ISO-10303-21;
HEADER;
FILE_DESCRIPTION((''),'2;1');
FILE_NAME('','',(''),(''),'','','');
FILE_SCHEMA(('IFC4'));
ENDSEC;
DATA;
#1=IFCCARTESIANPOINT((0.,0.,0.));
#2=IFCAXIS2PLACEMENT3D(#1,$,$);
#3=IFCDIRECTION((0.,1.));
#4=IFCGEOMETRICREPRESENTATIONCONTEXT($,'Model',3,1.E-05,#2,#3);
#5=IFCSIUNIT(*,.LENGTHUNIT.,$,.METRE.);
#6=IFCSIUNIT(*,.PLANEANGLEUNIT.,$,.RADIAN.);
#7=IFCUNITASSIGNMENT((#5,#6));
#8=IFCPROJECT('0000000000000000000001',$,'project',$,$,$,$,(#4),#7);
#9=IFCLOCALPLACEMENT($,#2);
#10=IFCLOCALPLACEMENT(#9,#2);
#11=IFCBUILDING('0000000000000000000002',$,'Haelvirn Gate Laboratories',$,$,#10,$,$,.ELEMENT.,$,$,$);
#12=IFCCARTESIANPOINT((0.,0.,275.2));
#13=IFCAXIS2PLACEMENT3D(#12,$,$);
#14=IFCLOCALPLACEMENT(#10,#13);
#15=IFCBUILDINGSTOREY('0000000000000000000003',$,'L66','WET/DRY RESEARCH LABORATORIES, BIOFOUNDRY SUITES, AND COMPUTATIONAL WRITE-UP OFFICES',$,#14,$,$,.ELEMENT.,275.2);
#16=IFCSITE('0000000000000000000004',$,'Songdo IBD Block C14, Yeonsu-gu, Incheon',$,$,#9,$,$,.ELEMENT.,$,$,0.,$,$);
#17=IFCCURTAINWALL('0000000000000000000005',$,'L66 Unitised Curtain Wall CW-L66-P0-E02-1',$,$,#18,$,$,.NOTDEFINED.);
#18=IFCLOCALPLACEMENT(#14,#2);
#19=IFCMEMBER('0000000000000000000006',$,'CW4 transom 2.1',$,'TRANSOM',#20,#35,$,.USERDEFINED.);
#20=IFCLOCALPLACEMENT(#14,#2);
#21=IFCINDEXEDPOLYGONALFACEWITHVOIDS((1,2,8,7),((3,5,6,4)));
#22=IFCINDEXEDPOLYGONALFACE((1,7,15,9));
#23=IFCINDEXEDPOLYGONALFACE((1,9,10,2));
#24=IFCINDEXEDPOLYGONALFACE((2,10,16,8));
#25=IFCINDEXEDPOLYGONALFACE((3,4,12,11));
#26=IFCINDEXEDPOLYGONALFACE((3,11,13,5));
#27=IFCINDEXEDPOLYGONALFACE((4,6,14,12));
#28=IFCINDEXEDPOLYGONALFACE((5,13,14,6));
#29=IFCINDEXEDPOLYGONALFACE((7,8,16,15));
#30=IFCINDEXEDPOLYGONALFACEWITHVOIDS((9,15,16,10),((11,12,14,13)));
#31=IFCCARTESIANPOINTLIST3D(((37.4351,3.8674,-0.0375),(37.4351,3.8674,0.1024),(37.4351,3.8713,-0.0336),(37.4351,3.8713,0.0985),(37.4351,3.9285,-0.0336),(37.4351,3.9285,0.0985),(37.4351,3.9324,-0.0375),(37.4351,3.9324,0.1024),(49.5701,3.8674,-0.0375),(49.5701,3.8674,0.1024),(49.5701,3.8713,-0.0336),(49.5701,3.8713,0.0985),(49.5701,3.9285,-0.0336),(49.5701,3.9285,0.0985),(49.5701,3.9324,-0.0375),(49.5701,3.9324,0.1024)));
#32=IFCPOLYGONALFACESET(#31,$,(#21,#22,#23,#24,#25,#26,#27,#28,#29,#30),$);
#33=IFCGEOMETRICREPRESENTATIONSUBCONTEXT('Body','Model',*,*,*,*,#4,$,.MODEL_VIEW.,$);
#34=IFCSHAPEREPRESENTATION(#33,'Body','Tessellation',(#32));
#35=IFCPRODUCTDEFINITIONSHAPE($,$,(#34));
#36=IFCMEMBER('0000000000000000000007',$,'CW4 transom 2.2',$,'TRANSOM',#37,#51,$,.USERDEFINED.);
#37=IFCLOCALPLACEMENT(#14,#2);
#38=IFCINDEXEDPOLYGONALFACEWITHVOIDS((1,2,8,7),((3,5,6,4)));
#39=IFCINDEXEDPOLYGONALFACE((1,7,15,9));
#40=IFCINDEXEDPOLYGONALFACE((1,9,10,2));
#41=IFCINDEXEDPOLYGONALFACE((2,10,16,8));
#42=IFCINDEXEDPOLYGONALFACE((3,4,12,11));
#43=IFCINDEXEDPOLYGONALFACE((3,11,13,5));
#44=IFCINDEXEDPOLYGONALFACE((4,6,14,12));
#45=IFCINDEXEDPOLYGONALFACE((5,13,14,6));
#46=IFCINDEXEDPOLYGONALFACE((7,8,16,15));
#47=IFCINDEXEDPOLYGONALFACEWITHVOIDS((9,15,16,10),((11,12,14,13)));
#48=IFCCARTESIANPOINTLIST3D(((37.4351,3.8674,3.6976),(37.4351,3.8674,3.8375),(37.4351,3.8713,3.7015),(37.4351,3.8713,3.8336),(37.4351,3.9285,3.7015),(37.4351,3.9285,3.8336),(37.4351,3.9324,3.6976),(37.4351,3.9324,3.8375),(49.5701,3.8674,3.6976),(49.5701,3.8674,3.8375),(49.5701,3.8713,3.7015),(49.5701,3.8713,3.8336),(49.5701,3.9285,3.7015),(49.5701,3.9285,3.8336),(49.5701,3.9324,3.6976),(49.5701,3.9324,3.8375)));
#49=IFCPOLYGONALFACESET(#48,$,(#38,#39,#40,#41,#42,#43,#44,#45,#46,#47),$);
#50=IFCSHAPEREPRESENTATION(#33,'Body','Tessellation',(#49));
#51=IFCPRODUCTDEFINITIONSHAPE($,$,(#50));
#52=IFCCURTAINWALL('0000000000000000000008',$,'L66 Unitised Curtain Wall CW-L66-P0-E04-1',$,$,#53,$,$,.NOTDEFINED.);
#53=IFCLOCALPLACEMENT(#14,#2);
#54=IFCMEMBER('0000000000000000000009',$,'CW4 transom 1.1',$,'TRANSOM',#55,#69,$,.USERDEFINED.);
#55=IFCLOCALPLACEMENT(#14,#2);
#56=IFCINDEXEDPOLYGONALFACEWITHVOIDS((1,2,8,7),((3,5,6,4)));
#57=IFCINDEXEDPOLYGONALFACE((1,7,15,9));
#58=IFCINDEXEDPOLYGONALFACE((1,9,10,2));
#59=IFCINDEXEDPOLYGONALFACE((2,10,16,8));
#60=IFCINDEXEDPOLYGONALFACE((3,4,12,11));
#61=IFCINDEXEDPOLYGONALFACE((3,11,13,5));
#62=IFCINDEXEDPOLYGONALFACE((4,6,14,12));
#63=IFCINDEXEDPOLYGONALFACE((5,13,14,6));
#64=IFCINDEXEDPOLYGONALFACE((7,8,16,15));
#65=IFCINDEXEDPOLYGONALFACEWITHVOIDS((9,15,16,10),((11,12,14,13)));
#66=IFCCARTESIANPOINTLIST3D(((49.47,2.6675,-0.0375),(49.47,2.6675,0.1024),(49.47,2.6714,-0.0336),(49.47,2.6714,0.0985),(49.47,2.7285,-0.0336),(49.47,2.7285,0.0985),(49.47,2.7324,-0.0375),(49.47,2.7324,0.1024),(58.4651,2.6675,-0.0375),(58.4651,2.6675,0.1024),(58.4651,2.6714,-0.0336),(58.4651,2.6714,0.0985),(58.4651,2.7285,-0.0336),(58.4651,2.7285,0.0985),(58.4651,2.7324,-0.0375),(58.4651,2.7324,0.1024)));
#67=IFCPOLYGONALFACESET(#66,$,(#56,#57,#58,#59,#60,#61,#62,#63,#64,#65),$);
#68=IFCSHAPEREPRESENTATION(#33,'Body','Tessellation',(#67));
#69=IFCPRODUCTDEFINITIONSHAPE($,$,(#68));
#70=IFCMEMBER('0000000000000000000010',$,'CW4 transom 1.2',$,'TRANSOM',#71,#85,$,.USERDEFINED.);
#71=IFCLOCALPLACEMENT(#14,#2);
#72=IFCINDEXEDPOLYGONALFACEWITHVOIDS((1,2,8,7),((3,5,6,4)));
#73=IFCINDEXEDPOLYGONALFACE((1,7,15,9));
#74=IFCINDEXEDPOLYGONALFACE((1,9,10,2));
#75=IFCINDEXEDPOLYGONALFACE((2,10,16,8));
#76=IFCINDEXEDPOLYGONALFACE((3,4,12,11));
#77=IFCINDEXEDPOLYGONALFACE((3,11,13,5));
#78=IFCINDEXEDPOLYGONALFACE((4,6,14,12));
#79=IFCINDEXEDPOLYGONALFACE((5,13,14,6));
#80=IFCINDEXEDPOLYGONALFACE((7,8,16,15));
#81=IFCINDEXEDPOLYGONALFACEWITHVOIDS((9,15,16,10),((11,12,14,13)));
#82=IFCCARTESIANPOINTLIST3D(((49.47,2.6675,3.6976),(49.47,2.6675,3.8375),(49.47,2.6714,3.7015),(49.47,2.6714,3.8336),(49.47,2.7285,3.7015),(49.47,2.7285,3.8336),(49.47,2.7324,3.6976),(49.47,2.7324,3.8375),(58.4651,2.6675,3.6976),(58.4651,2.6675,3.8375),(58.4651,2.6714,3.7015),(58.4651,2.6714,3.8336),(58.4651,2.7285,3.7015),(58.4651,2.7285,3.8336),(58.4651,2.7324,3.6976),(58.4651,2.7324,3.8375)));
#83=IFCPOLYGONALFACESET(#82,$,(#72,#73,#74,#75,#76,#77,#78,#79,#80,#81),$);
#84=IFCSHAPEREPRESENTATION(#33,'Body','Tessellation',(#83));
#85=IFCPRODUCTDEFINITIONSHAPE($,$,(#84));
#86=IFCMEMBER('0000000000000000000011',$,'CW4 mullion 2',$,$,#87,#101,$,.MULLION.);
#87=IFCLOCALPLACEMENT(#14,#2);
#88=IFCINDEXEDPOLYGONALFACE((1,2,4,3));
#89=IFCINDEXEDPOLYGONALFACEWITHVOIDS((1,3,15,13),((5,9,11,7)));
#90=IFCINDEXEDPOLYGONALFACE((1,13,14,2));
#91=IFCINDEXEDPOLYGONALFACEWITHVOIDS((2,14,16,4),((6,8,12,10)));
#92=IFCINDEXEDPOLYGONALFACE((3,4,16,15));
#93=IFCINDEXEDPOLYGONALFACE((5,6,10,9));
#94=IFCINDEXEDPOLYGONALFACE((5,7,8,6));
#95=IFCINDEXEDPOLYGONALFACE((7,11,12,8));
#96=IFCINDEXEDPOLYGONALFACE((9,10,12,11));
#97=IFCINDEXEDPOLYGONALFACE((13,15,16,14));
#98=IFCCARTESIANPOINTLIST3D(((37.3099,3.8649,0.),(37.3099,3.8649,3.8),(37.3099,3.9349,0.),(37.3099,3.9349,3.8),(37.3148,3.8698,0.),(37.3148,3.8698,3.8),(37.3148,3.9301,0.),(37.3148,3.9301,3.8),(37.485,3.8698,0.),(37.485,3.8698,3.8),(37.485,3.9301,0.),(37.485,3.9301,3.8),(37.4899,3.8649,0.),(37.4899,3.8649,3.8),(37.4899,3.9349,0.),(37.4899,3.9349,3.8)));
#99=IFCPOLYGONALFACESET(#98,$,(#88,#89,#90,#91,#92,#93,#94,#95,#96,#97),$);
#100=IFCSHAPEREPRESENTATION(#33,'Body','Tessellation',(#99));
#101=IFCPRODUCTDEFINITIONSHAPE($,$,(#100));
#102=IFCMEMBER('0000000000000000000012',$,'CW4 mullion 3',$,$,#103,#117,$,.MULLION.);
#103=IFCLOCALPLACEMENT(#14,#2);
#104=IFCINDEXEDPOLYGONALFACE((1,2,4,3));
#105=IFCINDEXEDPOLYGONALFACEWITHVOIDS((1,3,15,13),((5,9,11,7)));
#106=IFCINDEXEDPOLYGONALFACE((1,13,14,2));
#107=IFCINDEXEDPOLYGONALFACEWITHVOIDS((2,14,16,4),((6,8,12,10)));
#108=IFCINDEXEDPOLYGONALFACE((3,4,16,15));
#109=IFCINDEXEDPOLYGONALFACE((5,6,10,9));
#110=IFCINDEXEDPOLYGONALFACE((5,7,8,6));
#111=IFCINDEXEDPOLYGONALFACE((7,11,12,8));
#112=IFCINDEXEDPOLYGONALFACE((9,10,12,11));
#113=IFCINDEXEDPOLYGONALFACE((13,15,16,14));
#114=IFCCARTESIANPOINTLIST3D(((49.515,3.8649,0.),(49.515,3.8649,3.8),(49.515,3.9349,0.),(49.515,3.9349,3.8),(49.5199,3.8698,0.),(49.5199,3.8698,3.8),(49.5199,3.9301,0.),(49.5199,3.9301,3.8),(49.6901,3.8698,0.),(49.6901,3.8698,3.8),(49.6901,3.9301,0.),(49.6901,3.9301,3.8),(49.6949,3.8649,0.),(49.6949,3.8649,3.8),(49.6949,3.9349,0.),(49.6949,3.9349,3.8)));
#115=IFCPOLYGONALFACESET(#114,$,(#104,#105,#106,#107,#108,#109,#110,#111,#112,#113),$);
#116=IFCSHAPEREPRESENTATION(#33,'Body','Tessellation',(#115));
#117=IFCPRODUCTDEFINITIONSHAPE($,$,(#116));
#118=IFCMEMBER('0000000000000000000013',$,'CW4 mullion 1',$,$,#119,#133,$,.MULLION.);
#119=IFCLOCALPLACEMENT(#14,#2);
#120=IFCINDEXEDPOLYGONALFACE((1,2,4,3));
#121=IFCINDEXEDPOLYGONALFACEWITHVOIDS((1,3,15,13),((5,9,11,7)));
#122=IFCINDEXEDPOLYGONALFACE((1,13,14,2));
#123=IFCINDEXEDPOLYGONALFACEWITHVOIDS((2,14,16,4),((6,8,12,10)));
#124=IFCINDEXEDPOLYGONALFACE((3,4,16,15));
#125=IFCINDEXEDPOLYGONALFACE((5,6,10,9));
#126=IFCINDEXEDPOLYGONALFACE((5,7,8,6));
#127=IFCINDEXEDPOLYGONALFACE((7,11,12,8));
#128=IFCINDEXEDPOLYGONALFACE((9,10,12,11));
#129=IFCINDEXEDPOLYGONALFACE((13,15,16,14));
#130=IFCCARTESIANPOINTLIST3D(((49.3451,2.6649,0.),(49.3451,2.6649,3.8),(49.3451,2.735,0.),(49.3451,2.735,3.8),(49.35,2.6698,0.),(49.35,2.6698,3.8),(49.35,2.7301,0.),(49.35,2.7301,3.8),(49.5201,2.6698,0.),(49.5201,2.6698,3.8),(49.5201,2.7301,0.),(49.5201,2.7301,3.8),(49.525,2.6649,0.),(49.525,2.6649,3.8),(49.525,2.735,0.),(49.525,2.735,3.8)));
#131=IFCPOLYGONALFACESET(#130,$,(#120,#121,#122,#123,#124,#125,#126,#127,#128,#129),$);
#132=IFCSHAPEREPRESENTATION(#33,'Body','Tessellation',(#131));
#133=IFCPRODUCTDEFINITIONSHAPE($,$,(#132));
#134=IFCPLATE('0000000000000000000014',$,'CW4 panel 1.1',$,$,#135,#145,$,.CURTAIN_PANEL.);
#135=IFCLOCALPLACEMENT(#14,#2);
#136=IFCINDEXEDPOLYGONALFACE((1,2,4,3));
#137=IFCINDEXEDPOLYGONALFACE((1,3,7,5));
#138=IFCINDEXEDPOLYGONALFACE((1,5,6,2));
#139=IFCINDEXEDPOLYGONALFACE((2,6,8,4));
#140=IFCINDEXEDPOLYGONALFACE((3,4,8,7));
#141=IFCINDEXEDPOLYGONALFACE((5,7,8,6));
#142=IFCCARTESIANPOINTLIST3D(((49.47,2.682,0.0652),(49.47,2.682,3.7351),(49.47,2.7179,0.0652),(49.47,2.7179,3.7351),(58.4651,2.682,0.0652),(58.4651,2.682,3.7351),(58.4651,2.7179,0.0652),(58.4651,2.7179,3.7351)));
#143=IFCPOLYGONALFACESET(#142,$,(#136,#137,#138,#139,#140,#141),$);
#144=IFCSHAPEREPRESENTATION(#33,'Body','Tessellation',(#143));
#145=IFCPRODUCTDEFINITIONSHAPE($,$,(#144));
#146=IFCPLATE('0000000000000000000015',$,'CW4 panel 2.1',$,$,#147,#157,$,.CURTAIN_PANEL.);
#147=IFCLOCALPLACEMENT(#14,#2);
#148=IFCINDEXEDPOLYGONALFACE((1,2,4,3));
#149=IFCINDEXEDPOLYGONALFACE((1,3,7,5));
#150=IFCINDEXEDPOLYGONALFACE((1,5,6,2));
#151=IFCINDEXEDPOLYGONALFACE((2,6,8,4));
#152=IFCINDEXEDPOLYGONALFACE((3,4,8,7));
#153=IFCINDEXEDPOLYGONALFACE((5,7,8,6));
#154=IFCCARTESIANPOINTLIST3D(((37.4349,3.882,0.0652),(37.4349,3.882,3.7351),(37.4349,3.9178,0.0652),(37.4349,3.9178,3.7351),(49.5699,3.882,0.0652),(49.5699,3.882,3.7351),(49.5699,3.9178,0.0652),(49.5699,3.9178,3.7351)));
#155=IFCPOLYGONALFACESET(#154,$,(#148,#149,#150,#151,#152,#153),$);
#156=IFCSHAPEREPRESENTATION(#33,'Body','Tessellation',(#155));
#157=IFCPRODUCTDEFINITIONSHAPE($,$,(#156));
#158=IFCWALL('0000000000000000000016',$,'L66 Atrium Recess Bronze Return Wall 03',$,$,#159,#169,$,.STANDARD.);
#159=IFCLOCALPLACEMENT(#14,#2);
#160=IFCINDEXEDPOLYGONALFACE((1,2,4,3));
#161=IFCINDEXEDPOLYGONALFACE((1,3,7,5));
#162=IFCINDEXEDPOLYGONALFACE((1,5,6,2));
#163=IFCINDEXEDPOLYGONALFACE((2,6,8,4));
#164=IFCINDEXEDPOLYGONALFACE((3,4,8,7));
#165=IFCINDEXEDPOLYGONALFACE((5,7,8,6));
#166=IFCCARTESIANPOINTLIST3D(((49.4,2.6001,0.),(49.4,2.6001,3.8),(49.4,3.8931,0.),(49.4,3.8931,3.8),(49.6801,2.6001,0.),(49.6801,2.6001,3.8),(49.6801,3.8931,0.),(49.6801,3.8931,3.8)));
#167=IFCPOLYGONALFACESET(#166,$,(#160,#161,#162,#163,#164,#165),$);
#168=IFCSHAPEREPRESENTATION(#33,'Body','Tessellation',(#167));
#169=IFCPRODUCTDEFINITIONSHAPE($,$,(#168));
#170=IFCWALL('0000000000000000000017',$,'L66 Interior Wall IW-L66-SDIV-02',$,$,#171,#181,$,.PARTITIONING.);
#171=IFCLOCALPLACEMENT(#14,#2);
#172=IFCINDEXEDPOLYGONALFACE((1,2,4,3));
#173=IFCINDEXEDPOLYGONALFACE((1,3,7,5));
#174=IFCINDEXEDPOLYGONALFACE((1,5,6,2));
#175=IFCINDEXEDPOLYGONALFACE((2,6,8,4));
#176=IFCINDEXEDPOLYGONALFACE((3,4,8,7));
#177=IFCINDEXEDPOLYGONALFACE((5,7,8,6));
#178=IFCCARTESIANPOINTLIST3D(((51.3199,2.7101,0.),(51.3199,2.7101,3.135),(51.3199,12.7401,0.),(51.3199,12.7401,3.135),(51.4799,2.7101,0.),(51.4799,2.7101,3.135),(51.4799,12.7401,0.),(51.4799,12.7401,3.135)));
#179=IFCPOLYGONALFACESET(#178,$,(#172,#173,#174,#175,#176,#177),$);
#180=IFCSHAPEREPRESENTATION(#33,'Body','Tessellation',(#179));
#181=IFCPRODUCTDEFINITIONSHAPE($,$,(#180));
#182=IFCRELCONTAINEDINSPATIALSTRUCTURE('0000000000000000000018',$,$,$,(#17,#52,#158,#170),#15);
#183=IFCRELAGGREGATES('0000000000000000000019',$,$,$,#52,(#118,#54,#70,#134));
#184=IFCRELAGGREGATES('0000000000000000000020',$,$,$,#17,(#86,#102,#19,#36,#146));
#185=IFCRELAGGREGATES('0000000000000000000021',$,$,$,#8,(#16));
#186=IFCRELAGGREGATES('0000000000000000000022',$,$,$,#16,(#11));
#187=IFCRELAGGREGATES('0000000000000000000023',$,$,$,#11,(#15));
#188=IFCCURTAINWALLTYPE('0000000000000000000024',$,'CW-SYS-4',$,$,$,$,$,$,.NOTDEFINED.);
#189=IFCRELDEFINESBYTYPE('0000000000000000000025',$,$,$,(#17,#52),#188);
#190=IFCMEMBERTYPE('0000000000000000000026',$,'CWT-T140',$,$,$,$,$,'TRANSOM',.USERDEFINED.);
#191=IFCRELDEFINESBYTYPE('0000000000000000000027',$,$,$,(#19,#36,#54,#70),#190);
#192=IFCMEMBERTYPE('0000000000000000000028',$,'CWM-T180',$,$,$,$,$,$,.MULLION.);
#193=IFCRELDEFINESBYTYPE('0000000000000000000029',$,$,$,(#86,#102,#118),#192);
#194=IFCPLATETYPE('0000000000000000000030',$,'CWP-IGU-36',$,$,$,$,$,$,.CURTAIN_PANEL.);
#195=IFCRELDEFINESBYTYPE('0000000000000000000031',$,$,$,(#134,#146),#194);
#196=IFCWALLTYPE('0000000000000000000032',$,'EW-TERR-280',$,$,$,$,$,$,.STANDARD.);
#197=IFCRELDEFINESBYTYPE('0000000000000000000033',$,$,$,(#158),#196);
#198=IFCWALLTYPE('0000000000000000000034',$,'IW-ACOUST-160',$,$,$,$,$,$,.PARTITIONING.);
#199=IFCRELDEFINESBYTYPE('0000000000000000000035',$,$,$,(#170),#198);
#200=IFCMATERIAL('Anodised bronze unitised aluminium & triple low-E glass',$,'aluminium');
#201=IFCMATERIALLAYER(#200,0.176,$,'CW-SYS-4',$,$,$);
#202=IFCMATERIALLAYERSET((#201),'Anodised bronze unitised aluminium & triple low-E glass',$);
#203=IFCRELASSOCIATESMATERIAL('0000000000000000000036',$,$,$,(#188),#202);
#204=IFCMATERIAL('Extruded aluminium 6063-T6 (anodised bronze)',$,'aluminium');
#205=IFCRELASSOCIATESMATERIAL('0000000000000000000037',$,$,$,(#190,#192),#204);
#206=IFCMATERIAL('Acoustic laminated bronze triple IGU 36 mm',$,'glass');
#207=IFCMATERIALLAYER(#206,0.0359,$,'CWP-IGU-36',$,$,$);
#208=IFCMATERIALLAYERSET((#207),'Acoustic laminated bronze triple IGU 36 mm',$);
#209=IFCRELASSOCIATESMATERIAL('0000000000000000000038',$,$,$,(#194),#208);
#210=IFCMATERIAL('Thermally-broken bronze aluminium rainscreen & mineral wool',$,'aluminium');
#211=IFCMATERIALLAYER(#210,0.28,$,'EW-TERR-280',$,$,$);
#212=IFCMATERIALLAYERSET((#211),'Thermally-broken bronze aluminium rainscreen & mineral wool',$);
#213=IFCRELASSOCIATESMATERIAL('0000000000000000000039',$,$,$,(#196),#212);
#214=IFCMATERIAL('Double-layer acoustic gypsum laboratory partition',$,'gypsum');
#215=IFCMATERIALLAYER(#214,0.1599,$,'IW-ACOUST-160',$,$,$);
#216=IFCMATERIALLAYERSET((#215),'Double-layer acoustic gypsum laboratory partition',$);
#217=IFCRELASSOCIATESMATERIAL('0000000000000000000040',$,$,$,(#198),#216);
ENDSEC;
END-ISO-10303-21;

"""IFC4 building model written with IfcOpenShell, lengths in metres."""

from ifc_helpers import new_model, si_unit, direction, frame, frame_2d, origin, origin_2d, place, context, subcontext, project, spatial, rectangle, hollow_rectangle, extrude, source, transform, mapped, material, layer, layer_set, material_profile, profile_set, type_object, type_shapes, element, aggregate, save


model = new_model("IFC4")

# Units and contexts
model_context = context("Model", 3, precision=1e-05, world=origin(), true_north=direction((0.0, 1.0)))
body_context = subcontext(model_context, "Body", "Model", "MODEL_VIEW")
ifc_project = project(units=[si_unit("LENGTHUNIT", "METRE"), si_unit("PLANEANGLEUNIT", "RADIAN")], contexts=[model_context])

# Site, building, storey
site_placement = place(None, origin())
site = spatial("IfcSite", under=ifc_project, at=site_placement, Name="Songdo IBD Block C14, Yeonsu-gu, Incheon", CompositionType="ELEMENT", RefElevation=0.0)
building_placement = place(site_placement, origin())
building = spatial("IfcBuilding", under=site, at=building_placement, Name="Haelvirn Gate Laboratories", CompositionType="ELEMENT")
storey_placement = place(building_placement, frame((0.0, 0.0, 275.2)))
storey = spatial("IfcBuildingStorey", under=building, at=storey_placement, Name="L66", Description="WET/DRY RESEARCH LABORATORIES, BIOFOUNDRY SUITES, AND COMPUTATIONAL WRITE-UP OFFICES", CompositionType="ELEMENT", Elevation=275.2)

# Curtain walls, members
ifc_material_1 = material(Name="Anodised bronze unitised aluminium & triple low-E glass", Category="aluminium")
ifc_layer_1 = layer(ifc_material_1, 0.176, Name="CW-SYS-4")
ifc_layer_set_1 = layer_set([ifc_layer_1], Name="Anodised bronze unitised aluminium & triple low-E glass")
curtain_wall_type = type_object("IfcCurtainWallType", Name="CW-SYS-4", PredefinedType="NOTDEFINED", material=ifc_layer_set_1)
curtain_wall_1_placement = place(storey_placement, origin())
curtain_wall_1 = element("IfcCurtainWall", 1, at=curtain_wall_1_placement, inside=storey, type_object=curtain_wall_type, Name="L66 Unitised Curtain Wall CW-L66-P0-E02-1", PredefinedType="NOTDEFINED")
ifc_material_2 = material(Name="Extruded aluminium 6063-T6 (anodised bronze)", Category="aluminium")
ifc_material_profile_1 = material_profile(ifc_material_2, hollow_rectangle(XDim=0.0649, YDim=0.1399, WallThickness=0.0039, at=origin_2d()), Name="CWT-140x65x4")
ifc_profile_set_1 = profile_set([ifc_material_profile_1], Name="Extruded aluminium 6063-T6 (anodised bronze)")
member_type_1 = type_object("IfcMemberType", Name="CWT-T140", ElementType="TRANSOM", PredefinedType="USERDEFINED", material=ifc_profile_set_1)
shared_shape_1 = source(origin(), body_context, "Body", "SweptSolid", [
    extrude(hollow_rectangle(XDim=0.0649, YDim=0.1399, WallThickness=0.0039, at=origin_2d()), origin(), (0.0, 0.0, 1.0), 12.135),
])
member_1_placement = place(storey_placement, frame((37.4351, 3.8999, 0.0325), z_axis=(1.0, 0.0, 0.0), x_axis=(0.0, 1.0, 0.0)))
member_1 = element("IfcMember", 2, at=member_1_placement, type_object=member_type_1, Name="CW4 transom 2.1", ObjectType="TRANSOM", PredefinedType="USERDEFINED", context=body_context, shape_type="MappedRepresentation", body=[
    mapped(shared_shape_1, transform((0.0, 0.0, 0.0), scale=1.0)),
])
member_2_placement = place(storey_placement, frame((37.4351, 3.8999, 3.7676), z_axis=(1.0, 0.0, 0.0), x_axis=(0.0, 1.0, 0.0)))
member_2 = element("IfcMember", 3, at=member_2_placement, type_object=member_type_1, Name="CW4 transom 2.2", ObjectType="TRANSOM", PredefinedType="USERDEFINED", context=body_context, shape_type="MappedRepresentation", body=[
    mapped(shared_shape_1, transform((0.0, 0.0, 0.0), scale=1.0)),
])
curtain_wall_2_placement = place(storey_placement, origin())
curtain_wall_2 = element("IfcCurtainWall", 4, at=curtain_wall_2_placement, inside=storey, type_object=curtain_wall_type, Name="L66 Unitised Curtain Wall CW-L66-P0-E04-1", PredefinedType="NOTDEFINED")
shared_shape_2 = source(origin(), body_context, "Body", "SweptSolid", [
    extrude(hollow_rectangle(XDim=0.0649, YDim=0.1399, WallThickness=0.0039, at=origin_2d()), origin(), (0.0, 0.0, 1.0), 8.9951),
])
type_shapes(member_type_1, [shared_shape_1, shared_shape_2])
member_3_placement = place(storey_placement, frame((49.47, 2.7, 0.0325), z_axis=(1.0, 0.0, 0.0), x_axis=(0.0, 1.0, 0.0)))
member_3 = element("IfcMember", 5, at=member_3_placement, type_object=member_type_1, Name="CW4 transom 1.1", ObjectType="TRANSOM", PredefinedType="USERDEFINED", context=body_context, shape_type="MappedRepresentation", body=[
    mapped(shared_shape_2, transform((0.0, 0.0, 0.0), scale=1.0)),
])
member_4_placement = place(storey_placement, frame((49.47, 2.7, 3.7676), z_axis=(1.0, 0.0, 0.0), x_axis=(0.0, 1.0, 0.0)))
member_4 = element("IfcMember", 6, at=member_4_placement, type_object=member_type_1, Name="CW4 transom 1.2", ObjectType="TRANSOM", PredefinedType="USERDEFINED", context=body_context, shape_type="MappedRepresentation", body=[
    mapped(shared_shape_2, transform((0.0, 0.0, 0.0), scale=1.0)),
])

# Members
ifc_material_profile_2 = material_profile(ifc_material_2, hollow_rectangle(XDim=0.0701, YDim=0.1799, WallThickness=0.0049, at=origin_2d()), Name="CWM-180x70x5")
ifc_profile_set_2 = profile_set([ifc_material_profile_2], Name="Extruded aluminium 6063-T6 (anodised bronze)")
member_type_2 = type_object("IfcMemberType", Name="CWM-T180", PredefinedType="MULLION", material=ifc_profile_set_2)
shared_shape_3 = source(origin(), body_context, "Body", "SweptSolid", [
    extrude(hollow_rectangle(XDim=0.0701, YDim=0.1799, WallThickness=0.0049, at=origin_2d()), origin(), (0.0, 0.0, 1.0), 3.8),
])
type_shapes(member_type_2, [shared_shape_3])
member_5_placement = place(storey_placement, frame((37.3999, 3.8999, 0.0), z_axis=(0.0, 0.0, 1.0), x_axis=(0.0, 1.0, 0.0)))
member_5 = element("IfcMember", 7, at=member_5_placement, type_object=member_type_2, Name="CW4 mullion 2", PredefinedType="MULLION", context=body_context, shape_type="MappedRepresentation", body=[
    mapped(shared_shape_3, transform((0.0, 0.0, 0.0), scale=1.0)),
])
member_6_placement = place(storey_placement, frame((49.605, 3.8999, 0.0), z_axis=(0.0, 0.0, 1.0), x_axis=(0.0, 1.0, 0.0)))
member_6 = element("IfcMember", 8, at=member_6_placement, type_object=member_type_2, Name="CW4 mullion 3", PredefinedType="MULLION", context=body_context, shape_type="MappedRepresentation", body=[
    mapped(shared_shape_3, transform((0.0, 0.0, 0.0), scale=1.0)),
])
member_7_placement = place(storey_placement, frame((49.4351, 2.7, 0.0), z_axis=(0.0, 0.0, 1.0), x_axis=(0.0, 1.0, 0.0)))
member_7 = element("IfcMember", 9, at=member_7_placement, type_object=member_type_2, Name="CW4 mullion 1", PredefinedType="MULLION", context=body_context, shape_type="MappedRepresentation", body=[
    mapped(shared_shape_3, transform((0.0, 0.0, 0.0), scale=1.0)),
])

# Plates
ifc_material_3 = material(Name="Acoustic laminated bronze triple IGU 36 mm", Category="glass")
ifc_layer_2 = layer(ifc_material_3, 0.0359, Name="CWP-IGU-36")
ifc_layer_set_2 = layer_set([ifc_layer_2], Name="Acoustic laminated bronze triple IGU 36 mm")
plate_type = type_object("IfcPlateType", Name="CWP-IGU-36", PredefinedType="CURTAIN_PANEL", material=ifc_layer_set_2)
shared_shape_4 = source(origin(), body_context, "Body", "SweptSolid", [
    extrude(rectangle(XDim=8.9951, YDim=0.0359, at=origin_2d()), origin(), (0.0, 0.0, 1.0), 3.6699),
])
plate_1_placement = place(storey_placement, frame((53.9675, 2.7, 0.0652), z_axis=(0.0, 0.0, 1.0), x_axis=(1.0, 0.0, 0.0)))
plate_1 = element("IfcPlate", 10, at=plate_1_placement, type_object=plate_type, Name="CW4 panel 1.1", PredefinedType="CURTAIN_PANEL", context=body_context, shape_type="MappedRepresentation", body=[
    mapped(shared_shape_4, transform((0.0, 0.0, 0.0), scale=1.0)),
])
aggregate(curtain_wall_2, [member_7, member_3, member_4, plate_1])
shared_shape_5 = source(origin(), body_context, "Body", "SweptSolid", [
    extrude(rectangle(XDim=12.135, YDim=0.0359, at=origin_2d()), origin(), (0.0, 0.0, 1.0), 3.6699),
])
type_shapes(plate_type, [shared_shape_4, shared_shape_5])
plate_2_placement = place(storey_placement, frame((43.5024, 3.8999, 0.0652), z_axis=(0.0, 0.0, 1.0), x_axis=(1.0, 0.0, 0.0)))
plate_2 = element("IfcPlate", 11, at=plate_2_placement, type_object=plate_type, Name="CW4 panel 2.1", PredefinedType="CURTAIN_PANEL", context=body_context, shape_type="MappedRepresentation", body=[
    mapped(shared_shape_5, transform((0.0, 0.0, 0.0), scale=1.0)),
])
aggregate(curtain_wall_1, [member_5, member_6, member_1, member_2, plate_2])

# Walls
ifc_material_4 = material(Name="Thermally-broken bronze aluminium rainscreen & mineral wool", Category="aluminium")
ifc_layer_3 = layer(ifc_material_4, 0.28, Name="EW-TERR-280")
ifc_layer_set_3 = layer_set([ifc_layer_3], Name="Thermally-broken bronze aluminium rainscreen & mineral wool")
wall_type_1 = type_object("IfcWallType", Name="EW-TERR-280", PredefinedType="STANDARD", material=ifc_layer_set_3)
wall_1_placement = place(storey_placement, frame((49.54, 3.8931, 0.0), z_axis=(0.0, 0.0, 1.0), x_axis=(0.0, -1.0, 0.0)))
element("IfcWall", 12, at=wall_1_placement, inside=storey, type_object=wall_type_1, Name="L66 Atrium Recess Bronze Return Wall 03", PredefinedType="STANDARD", context=body_context, shape_type="SweptSolid", body=[
    extrude(rectangle(XDim=1.293, YDim=0.28, at=frame_2d((0.6465, 0.0))), origin(), (0.0, 0.0, 1.0), 3.8),
])
ifc_material_5 = material(Name="Double-layer acoustic gypsum laboratory partition", Category="gypsum")
ifc_layer_4 = layer(ifc_material_5, 0.1599, Name="IW-ACOUST-160")
ifc_layer_set_4 = layer_set([ifc_layer_4], Name="Double-layer acoustic gypsum laboratory partition")
wall_type_2 = type_object("IfcWallType", Name="IW-ACOUST-160", PredefinedType="PARTITIONING", material=ifc_layer_set_4)
wall_2_placement = place(storey_placement, frame((51.3999, 2.71, 0.0), z_axis=(0.0, 0.0, 1.0), x_axis=(0.0, 1.0, 0.0)))
element("IfcWall", 13, at=wall_2_placement, inside=storey, type_object=wall_type_2, Name="L66 Interior Wall IW-L66-SDIV-02", PredefinedType="PARTITIONING", context=body_context, shape_type="SweptSolid", body=[
    extrude(rectangle(XDim=10.03, YDim=0.1599, at=frame_2d((5.0151, 0.0))), origin(), (0.0, 0.0, 1.0), 3.135),
])

save(model, "model.ifc")
